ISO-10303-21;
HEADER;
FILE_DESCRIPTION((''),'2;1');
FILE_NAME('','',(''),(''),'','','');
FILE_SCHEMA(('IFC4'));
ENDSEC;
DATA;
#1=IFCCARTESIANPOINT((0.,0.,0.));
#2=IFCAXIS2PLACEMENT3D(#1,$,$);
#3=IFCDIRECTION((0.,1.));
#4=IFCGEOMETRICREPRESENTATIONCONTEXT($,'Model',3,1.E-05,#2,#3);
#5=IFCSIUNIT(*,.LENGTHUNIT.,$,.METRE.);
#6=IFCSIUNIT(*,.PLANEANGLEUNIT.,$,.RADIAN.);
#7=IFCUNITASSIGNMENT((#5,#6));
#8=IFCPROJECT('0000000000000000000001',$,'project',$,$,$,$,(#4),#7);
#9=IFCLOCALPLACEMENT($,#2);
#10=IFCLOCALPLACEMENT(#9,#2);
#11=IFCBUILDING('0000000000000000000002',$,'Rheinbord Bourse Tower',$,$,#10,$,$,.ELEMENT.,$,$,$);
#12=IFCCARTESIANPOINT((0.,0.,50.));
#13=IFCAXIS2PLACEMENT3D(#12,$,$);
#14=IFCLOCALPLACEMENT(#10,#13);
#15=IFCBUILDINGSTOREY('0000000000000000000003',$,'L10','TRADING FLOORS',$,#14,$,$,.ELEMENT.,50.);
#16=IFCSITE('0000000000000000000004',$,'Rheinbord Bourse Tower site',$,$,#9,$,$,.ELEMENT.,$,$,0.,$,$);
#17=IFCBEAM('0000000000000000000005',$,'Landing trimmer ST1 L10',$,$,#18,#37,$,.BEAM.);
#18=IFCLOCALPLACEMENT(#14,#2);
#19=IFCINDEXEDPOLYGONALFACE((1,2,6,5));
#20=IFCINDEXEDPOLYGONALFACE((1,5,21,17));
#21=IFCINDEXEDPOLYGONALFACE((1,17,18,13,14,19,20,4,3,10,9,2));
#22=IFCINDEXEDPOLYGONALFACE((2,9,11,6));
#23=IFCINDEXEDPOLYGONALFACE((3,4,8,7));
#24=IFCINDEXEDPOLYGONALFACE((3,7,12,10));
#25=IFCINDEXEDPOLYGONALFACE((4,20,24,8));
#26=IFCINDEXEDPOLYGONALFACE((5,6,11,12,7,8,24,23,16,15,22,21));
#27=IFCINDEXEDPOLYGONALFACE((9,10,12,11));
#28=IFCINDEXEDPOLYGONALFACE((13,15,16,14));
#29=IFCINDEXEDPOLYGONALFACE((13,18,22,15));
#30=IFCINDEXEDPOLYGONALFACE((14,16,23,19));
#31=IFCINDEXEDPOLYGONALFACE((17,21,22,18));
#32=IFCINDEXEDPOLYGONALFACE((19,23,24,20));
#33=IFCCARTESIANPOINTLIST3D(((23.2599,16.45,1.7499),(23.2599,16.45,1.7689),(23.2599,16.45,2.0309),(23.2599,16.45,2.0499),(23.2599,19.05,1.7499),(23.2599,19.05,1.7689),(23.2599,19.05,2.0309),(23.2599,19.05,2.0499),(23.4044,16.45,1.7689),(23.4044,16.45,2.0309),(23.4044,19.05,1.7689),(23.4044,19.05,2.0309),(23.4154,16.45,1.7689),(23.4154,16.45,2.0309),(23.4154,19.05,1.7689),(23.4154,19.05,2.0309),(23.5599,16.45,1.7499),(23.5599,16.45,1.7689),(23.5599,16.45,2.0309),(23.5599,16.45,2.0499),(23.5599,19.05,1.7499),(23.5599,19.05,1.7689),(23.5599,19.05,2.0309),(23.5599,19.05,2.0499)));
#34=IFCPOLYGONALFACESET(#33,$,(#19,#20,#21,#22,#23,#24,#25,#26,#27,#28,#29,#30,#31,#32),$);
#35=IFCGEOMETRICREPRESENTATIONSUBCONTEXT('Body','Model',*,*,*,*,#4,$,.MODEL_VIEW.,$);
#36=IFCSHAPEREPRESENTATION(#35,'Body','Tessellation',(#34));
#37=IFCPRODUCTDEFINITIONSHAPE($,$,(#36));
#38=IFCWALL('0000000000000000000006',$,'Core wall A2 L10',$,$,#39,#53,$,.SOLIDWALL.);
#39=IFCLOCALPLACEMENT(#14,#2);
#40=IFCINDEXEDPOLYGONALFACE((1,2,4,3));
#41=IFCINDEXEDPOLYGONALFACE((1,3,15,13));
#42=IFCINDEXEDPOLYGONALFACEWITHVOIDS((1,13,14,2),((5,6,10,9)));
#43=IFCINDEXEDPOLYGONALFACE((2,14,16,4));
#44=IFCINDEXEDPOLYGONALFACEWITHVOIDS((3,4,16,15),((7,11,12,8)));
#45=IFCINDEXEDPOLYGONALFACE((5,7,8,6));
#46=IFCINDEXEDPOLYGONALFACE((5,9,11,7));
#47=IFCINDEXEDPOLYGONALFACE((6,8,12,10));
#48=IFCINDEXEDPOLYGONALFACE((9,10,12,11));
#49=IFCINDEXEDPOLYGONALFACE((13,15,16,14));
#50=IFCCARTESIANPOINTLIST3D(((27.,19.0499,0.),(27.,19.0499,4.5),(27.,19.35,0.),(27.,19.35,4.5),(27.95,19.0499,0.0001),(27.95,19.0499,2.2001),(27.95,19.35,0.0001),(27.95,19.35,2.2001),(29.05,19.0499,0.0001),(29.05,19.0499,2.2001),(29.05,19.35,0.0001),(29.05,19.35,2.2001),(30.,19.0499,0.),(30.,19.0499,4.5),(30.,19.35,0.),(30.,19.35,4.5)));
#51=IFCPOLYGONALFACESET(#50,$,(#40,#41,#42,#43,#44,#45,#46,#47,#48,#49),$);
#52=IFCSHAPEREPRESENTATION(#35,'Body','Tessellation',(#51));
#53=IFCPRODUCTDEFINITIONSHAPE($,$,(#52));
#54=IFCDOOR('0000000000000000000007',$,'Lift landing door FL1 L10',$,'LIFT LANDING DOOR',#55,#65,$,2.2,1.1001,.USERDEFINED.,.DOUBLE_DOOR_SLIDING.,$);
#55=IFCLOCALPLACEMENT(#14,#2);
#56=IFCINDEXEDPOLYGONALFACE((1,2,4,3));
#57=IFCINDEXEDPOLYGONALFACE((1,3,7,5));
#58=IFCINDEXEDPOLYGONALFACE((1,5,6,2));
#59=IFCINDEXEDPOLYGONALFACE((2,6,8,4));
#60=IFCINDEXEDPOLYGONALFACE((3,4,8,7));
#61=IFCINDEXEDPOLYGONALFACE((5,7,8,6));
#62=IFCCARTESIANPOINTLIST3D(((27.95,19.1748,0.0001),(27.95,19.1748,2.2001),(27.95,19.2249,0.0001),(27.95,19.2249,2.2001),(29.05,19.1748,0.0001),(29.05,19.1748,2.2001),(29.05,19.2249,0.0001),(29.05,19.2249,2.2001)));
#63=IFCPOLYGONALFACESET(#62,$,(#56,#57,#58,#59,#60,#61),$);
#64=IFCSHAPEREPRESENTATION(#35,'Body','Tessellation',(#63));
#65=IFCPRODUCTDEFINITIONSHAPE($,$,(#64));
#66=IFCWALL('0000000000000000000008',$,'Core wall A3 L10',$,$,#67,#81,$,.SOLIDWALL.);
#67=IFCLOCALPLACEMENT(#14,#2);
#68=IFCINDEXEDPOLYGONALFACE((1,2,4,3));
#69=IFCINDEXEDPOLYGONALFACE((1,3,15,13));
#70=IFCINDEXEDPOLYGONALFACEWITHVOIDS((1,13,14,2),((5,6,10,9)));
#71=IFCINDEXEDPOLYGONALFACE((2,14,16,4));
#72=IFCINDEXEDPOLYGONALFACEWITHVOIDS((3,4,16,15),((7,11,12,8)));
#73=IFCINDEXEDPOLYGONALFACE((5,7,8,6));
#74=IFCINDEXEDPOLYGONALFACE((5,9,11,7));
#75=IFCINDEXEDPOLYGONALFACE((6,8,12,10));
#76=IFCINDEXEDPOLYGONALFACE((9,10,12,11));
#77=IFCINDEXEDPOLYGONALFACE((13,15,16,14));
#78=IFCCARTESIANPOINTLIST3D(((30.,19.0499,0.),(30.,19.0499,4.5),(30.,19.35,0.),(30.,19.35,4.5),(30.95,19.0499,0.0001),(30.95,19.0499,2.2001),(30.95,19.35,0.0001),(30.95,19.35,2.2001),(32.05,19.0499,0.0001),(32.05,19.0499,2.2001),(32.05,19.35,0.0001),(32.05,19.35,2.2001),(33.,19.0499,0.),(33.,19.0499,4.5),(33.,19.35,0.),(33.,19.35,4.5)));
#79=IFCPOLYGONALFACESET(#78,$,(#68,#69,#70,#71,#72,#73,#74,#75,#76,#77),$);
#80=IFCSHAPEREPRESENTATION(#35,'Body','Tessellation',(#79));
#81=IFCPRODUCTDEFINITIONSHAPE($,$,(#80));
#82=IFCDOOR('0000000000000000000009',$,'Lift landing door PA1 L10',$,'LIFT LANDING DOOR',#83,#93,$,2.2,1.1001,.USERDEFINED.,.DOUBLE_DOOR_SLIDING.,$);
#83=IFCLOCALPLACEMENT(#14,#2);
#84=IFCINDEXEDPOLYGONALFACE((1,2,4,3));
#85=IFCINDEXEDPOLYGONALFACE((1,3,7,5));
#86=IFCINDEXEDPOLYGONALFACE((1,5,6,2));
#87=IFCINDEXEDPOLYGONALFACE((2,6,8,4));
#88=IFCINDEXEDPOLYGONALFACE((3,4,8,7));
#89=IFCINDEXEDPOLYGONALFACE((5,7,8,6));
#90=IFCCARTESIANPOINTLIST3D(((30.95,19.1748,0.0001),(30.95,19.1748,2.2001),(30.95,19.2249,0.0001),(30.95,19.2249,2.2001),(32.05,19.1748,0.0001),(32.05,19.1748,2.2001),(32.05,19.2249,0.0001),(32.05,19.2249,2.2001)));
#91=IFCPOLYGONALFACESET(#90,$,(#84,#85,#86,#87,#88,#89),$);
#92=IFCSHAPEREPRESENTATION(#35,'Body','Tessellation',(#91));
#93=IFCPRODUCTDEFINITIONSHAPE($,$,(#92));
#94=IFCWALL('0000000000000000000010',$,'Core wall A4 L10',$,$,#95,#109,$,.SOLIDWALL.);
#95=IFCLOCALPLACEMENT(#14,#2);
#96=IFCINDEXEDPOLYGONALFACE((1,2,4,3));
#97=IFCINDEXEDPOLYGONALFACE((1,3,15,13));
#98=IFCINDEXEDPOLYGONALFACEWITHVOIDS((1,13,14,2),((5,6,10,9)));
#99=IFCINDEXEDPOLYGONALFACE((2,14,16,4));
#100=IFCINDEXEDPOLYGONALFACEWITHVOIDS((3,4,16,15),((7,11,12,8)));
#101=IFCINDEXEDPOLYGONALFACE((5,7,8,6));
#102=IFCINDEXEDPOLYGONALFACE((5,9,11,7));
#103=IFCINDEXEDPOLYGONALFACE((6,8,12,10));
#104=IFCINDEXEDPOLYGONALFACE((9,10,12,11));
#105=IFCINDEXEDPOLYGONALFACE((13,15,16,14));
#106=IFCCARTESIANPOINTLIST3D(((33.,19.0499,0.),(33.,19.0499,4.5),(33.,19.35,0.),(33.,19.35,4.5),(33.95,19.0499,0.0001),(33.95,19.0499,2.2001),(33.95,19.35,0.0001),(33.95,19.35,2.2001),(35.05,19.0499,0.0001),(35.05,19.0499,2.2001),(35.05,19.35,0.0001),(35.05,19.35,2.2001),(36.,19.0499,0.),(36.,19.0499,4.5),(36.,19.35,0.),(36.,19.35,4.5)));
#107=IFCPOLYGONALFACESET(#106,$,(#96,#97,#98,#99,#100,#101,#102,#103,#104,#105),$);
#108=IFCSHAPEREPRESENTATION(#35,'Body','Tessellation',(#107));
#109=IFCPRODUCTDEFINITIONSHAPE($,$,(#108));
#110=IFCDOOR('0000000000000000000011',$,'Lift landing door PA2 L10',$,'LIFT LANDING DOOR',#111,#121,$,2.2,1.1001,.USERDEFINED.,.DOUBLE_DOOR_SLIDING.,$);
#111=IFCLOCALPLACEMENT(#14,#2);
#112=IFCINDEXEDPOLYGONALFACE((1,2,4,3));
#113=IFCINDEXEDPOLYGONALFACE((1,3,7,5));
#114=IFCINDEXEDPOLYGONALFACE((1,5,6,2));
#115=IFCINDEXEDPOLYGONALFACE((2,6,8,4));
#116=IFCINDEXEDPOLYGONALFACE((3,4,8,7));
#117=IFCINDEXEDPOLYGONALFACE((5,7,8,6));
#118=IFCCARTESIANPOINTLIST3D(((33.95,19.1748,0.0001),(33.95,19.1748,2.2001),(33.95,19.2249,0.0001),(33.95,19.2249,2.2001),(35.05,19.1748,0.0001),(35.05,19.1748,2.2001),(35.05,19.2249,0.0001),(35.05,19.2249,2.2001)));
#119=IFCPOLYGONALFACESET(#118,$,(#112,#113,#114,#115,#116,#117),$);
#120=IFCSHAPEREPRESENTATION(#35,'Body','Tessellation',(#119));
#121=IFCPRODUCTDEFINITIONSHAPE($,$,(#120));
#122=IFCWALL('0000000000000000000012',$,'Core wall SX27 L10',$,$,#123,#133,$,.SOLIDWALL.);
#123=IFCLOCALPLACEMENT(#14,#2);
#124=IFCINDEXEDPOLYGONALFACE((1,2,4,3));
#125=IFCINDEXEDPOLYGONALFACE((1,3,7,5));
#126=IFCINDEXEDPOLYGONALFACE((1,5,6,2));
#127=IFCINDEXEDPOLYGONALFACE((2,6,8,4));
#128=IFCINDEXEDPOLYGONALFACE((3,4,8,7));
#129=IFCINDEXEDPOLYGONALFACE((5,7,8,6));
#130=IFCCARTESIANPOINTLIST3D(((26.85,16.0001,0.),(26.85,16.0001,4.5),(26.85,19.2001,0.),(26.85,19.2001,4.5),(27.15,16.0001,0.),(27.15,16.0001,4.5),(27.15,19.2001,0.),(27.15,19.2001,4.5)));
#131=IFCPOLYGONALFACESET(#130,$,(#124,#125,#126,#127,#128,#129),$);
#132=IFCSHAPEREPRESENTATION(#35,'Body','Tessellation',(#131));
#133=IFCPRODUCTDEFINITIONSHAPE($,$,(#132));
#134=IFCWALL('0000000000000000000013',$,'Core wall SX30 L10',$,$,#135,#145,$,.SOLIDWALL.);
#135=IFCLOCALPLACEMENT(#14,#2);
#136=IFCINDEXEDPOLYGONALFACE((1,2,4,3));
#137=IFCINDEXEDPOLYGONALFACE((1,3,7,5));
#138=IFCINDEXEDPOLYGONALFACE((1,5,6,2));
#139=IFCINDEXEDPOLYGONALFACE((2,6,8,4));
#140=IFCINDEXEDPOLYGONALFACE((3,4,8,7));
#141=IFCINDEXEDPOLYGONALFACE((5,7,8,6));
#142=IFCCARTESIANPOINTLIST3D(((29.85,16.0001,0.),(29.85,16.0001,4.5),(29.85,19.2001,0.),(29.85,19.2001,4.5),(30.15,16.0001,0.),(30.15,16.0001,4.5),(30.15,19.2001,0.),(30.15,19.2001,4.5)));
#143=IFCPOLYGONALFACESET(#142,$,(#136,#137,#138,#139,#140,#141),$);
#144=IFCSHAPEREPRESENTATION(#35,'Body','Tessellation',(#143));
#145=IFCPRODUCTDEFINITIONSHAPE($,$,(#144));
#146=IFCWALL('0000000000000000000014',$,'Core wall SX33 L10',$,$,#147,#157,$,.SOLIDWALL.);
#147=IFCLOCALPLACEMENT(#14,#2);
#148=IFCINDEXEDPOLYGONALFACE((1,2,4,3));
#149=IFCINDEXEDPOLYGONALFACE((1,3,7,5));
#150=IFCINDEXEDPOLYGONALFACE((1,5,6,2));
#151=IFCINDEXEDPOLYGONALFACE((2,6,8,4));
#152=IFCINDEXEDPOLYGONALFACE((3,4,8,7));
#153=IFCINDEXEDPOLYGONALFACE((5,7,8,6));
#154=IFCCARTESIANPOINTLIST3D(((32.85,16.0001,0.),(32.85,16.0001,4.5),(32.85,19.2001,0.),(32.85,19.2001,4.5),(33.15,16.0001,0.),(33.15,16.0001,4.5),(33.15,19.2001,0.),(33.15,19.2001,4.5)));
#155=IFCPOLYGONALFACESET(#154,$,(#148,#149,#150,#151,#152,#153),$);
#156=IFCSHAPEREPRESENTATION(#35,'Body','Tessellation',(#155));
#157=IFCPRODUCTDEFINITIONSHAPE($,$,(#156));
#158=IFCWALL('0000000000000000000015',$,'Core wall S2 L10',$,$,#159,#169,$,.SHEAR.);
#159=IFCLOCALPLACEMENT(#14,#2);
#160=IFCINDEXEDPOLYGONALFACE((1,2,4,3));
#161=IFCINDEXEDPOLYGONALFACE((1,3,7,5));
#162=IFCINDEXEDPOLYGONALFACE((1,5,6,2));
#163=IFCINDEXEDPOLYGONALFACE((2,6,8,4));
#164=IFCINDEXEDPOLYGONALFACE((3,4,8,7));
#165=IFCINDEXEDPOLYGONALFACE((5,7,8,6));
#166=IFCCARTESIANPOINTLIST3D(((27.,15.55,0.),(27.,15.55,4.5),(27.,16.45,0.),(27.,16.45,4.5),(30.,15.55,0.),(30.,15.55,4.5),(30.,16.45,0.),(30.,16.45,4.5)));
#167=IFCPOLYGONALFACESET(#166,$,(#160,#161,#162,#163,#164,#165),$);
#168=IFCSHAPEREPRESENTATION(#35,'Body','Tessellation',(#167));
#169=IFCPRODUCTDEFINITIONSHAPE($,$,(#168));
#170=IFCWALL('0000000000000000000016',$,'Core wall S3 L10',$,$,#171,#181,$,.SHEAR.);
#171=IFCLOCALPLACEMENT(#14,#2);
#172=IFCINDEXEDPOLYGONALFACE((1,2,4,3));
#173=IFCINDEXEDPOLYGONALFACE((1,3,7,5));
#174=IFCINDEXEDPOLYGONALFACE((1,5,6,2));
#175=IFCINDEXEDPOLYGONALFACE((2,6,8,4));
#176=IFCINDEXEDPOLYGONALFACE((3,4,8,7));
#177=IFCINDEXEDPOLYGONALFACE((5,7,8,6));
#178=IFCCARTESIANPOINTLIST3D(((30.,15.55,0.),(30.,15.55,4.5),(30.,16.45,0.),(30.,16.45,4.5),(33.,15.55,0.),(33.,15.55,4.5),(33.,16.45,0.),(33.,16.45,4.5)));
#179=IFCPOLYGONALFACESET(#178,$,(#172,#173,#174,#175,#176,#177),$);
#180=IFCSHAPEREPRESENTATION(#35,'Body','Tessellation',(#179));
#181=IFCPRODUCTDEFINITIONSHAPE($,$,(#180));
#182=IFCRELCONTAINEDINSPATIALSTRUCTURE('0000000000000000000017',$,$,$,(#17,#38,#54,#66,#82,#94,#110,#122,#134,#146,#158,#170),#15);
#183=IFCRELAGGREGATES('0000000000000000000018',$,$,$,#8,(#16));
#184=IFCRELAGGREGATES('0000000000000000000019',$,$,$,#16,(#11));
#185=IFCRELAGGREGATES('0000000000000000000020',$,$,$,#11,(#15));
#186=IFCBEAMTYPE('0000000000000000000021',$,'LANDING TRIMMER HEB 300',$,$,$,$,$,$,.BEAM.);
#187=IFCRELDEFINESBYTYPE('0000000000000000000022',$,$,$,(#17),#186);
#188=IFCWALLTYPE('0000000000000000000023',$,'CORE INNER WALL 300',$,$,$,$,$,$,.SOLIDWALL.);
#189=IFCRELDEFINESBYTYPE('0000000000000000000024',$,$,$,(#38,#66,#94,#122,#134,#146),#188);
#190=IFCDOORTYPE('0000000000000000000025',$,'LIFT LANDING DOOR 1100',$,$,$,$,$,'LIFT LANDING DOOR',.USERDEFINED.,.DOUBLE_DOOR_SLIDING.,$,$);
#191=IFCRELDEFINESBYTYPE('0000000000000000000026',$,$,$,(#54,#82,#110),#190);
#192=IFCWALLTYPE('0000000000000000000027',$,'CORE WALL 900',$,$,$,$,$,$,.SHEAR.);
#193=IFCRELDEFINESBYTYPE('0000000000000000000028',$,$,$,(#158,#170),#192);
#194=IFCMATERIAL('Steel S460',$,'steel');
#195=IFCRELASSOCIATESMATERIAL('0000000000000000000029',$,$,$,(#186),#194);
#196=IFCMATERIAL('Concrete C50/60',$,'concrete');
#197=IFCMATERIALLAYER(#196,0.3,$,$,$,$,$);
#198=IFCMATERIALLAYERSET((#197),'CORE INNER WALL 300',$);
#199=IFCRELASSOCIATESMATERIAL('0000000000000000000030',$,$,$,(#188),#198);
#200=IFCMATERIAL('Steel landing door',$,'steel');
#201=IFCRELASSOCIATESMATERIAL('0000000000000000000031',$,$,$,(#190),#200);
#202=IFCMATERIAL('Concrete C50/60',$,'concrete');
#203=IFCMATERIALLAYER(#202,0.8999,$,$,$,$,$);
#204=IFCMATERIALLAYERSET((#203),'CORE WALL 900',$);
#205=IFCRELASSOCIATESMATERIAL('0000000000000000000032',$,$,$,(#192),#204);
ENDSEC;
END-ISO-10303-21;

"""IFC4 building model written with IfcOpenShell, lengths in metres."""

from ifc_helpers import new_model, si_unit, direction, frame, frame_2d, origin, origin_2d, place, context, subcontext, project, spatial, rectangle, i_section, extrude, material, layer, layer_set, material_profile, profile_set, type_object, element, fill, save


model = new_model("IFC4")

# Units and contexts
model_context = context("Model", 3, precision=1e-05, world=origin(), true_north=direction((0.0, 1.0)))
body_context = subcontext(model_context, "Body", "Model", "MODEL_VIEW")
ifc_project = project(units=[si_unit("LENGTHUNIT", "METRE"), si_unit("PLANEANGLEUNIT", "RADIAN")], contexts=[model_context])

# Site, building, storey
site_placement = place(None, origin())
site = spatial("IfcSite", under=ifc_project, at=site_placement, Name="Rheinbord Bourse Tower site", CompositionType="ELEMENT", RefElevation=0.0)
building_placement = place(site_placement, origin())
building = spatial("IfcBuilding", under=site, at=building_placement, Name="Rheinbord Bourse Tower", CompositionType="ELEMENT")
storey_placement = place(building_placement, frame((0.0, 0.0, 50.0)))
storey = spatial("IfcBuildingStorey", under=building, at=storey_placement, Name="L10", Description="TRADING FLOORS", CompositionType="ELEMENT", Elevation=50.0)

# Beam
ifc_material_1 = material(Name="Steel S460", Category="steel")
ifc_material_profile = material_profile(ifc_material_1, i_section(OverallWidth=0.3, OverallDepth=0.3, WebThickness=0.011, FlangeThickness=0.019, at=origin_2d()), Name="HEB 300")
ifc_profile_set = profile_set([ifc_material_profile], Name="Steel S460")
beam_type = type_object("IfcBeamType", Name="LANDING TRIMMER HEB 300", PredefinedType="BEAM", material=ifc_profile_set)
beam_placement = place(storey_placement, frame((23.4099, 16.45, 1.8999), z_axis=(0.0, 1.0, 0.0), x_axis=(-1.0, 0.0, 0.0)))
element("IfcBeam", 1, at=beam_placement, inside=storey, type_object=beam_type, Name="Landing trimmer ST1 L10", PredefinedType="BEAM", context=body_context, shape_type="SweptSolid", body=[
    extrude(i_section(OverallWidth=0.3, OverallDepth=0.3, WebThickness=0.011, FlangeThickness=0.019, at=origin_2d()), origin(), (0.0, 0.0, 1.0), 2.6001),
])

# Walls, openings, doors
ifc_material_2 = material(Name="Concrete C50/60", Category="concrete")
ifc_layer_1 = layer(ifc_material_2, 0.3)
ifc_layer_set_1 = layer_set([ifc_layer_1], Name="CORE INNER WALL 300")
wall_type_1 = type_object("IfcWallType", Name="CORE INNER WALL 300", PredefinedType="SOLIDWALL", material=ifc_layer_set_1)
wall_1_placement = place(storey_placement, frame((27.0, 19.2, 0.0), z_axis=(0.0, 0.0, 1.0), x_axis=(1.0, 0.0, 0.0)))
wall_1 = element("IfcWall", 2, at=wall_1_placement, inside=storey, type_object=wall_type_1, Name="Core wall A2 L10", PredefinedType="SOLIDWALL", context=body_context, shape_type="SweptSolid", body=[
    extrude(rectangle(XDim=3.0, YDim=0.3, at=frame_2d((1.5, 0.0))), origin(), (0.0, 0.0, 1.0), 4.5),
])
opening_1_placement = place(wall_1_placement, frame((0.95, 0.0, 0.0)))
opening_1 = element("IfcOpeningElement", 3, at=opening_1_placement, cuts=wall_1, PredefinedType="OPENING", context=body_context, shape_type="SweptSolid", body=[
    extrude(rectangle(XDim=1.1001, YDim=2.2, at=frame_2d((0.55, 1.1001))), frame((0.0, 0.1599, 0.0), z_axis=(0.0, -1.0, 0.0), x_axis=(1.0, 0.0, 0.0)), (0.0, 0.0, 1.0), 0.3201),
])
ifc_material_3 = material(Name="Steel landing door", Category="steel")
door_type_1 = type_object("IfcDoorType", Name="LIFT LANDING DOOR 1100", ElementType="LIFT LANDING DOOR", OperationType="DOUBLE_DOOR_SLIDING", PredefinedType="USERDEFINED", material=ifc_material_3)
door_1_placement = place(opening_1_placement, origin())
door_1 = element("IfcDoor", 4, at=door_1_placement, inside=storey, type_object=door_type_1, Name="Lift landing door FL1 L10", ObjectType="LIFT LANDING DOOR", OperationType="DOUBLE_DOOR_SLIDING", OverallHeight=2.2, OverallWidth=1.1001, PredefinedType="USERDEFINED", context=body_context, shape_type="SweptSolid", body=[
    extrude(rectangle(XDim=1.1001, YDim=2.2, at=frame_2d((0.55, 1.1001))), frame((0.0, 0.0249, 0.0), z_axis=(0.0, -1.0, 0.0), x_axis=(1.0, 0.0, 0.0)), (0.0, 0.0, 1.0), 0.05),
])
fill(opening_1, door_1)
wall_2_placement = place(storey_placement, frame((30.0, 19.2, 0.0), z_axis=(0.0, 0.0, 1.0), x_axis=(1.0, 0.0, 0.0)))
wall_2 = element("IfcWall", 5, at=wall_2_placement, inside=storey, type_object=wall_type_1, Name="Core wall A3 L10", PredefinedType="SOLIDWALL", context=body_context, shape_type="SweptSolid", body=[
    extrude(rectangle(XDim=3.0, YDim=0.3, at=frame_2d((1.5, 0.0))), origin(), (0.0, 0.0, 1.0), 4.5),
])
opening_2_placement = place(wall_2_placement, frame((0.95, 0.0, 0.0)))
opening_2 = element("IfcOpeningElement", 6, at=opening_2_placement, cuts=wall_2, PredefinedType="OPENING", context=body_context, shape_type="SweptSolid", body=[
    extrude(rectangle(XDim=1.1001, YDim=2.2, at=frame_2d((0.55, 1.1001))), frame((0.0, 0.1599, 0.0), z_axis=(0.0, -1.0, 0.0), x_axis=(1.0, 0.0, 0.0)), (0.0, 0.0, 1.0), 0.3201),
])
door_2_placement = place(opening_2_placement, origin())
door_2 = element("IfcDoor", 7, at=door_2_placement, inside=storey, type_object=door_type_1, Name="Lift landing door PA1 L10", ObjectType="LIFT LANDING DOOR", OperationType="DOUBLE_DOOR_SLIDING", OverallHeight=2.2, OverallWidth=1.1001, PredefinedType="USERDEFINED", context=body_context, shape_type="SweptSolid", body=[
    extrude(rectangle(XDim=1.1001, YDim=2.2, at=frame_2d((0.55, 1.1001))), frame((0.0, 0.0249, 0.0), z_axis=(0.0, -1.0, 0.0), x_axis=(1.0, 0.0, 0.0)), (0.0, 0.0, 1.0), 0.05),
])
fill(opening_2, door_2)
wall_3_placement = place(storey_placement, frame((33.0, 19.2, 0.0), z_axis=(0.0, 0.0, 1.0), x_axis=(1.0, 0.0, 0.0)))
wall_3 = element("IfcWall", 8, at=wall_3_placement, inside=storey, type_object=wall_type_1, Name="Core wall A4 L10", PredefinedType="SOLIDWALL", context=body_context, shape_type="SweptSolid", body=[
    extrude(rectangle(XDim=3.0, YDim=0.3, at=frame_2d((1.5, 0.0))), origin(), (0.0, 0.0, 1.0), 4.5),
])
opening_3_placement = place(wall_3_placement, frame((0.95, 0.0, 0.0)))
opening_3 = element("IfcOpeningElement", 9, at=opening_3_placement, cuts=wall_3, PredefinedType="OPENING", context=body_context, shape_type="SweptSolid", body=[
    extrude(rectangle(XDim=1.1001, YDim=2.2, at=frame_2d((0.55, 1.1001))), frame((0.0, 0.1599, 0.0), z_axis=(0.0, -1.0, 0.0), x_axis=(1.0, 0.0, 0.0)), (0.0, 0.0, 1.0), 0.3201),
])
door_3_placement = place(opening_3_placement, origin())
door_3 = element("IfcDoor", 10, at=door_3_placement, inside=storey, type_object=door_type_1, Name="Lift landing door PA2 L10", ObjectType="LIFT LANDING DOOR", OperationType="DOUBLE_DOOR_SLIDING", OverallHeight=2.2, OverallWidth=1.1001, PredefinedType="USERDEFINED", context=body_context, shape_type="SweptSolid", body=[
    extrude(rectangle(XDim=1.1001, YDim=2.2, at=frame_2d((0.55, 1.1001))), frame((0.0, 0.0249, 0.0), z_axis=(0.0, -1.0, 0.0), x_axis=(1.0, 0.0, 0.0)), (0.0, 0.0, 1.0), 0.05),
])
fill(opening_3, door_3)

# Walls
for number, where, z_axis, x_axis, name in (
    (11, (27.0, 16.0, 0.0), (0.0, 0.0, 1.0), (0.0, 1.0, 0.0), "Core wall SX27 L10"),
    (12, (30.0, 16.0, 0.0), (0.0, 0.0, 1.0), (0.0, 1.0, 0.0), "Core wall SX30 L10"),
    (13, (33.0, 16.0, 0.0), (0.0, 0.0, 1.0), (0.0, 1.0, 0.0), "Core wall SX33 L10"),
):
    element("IfcWall", number, at=place(storey_placement, frame(where, z_axis=z_axis, x_axis=x_axis)), inside=storey, type_object=wall_type_1, Name=name, PredefinedType="SOLIDWALL", context=body_context, shape_type="SweptSolid", body=[
        extrude(rectangle(XDim=3.2, YDim=0.3, at=frame_2d((1.6001, 0.0))), origin(), (0.0, 0.0, 1.0), 4.5),
    ])
ifc_material_4 = material(Name="Concrete C50/60", Category="concrete")
ifc_layer_2 = layer(ifc_material_4, 0.8999)
ifc_layer_set_2 = layer_set([ifc_layer_2], Name="CORE WALL 900")
wall_type_2 = type_object("IfcWallType", Name="CORE WALL 900", PredefinedType="SHEAR", material=ifc_layer_set_2)
for number, where, z_axis, x_axis, name in (
    (14, (27.0, 16.0, 0.0), (0.0, 0.0, 1.0), (1.0, 0.0, 0.0), "Core wall S2 L10"),
    (15, (30.0, 16.0, 0.0), (0.0, 0.0, 1.0), (1.0, 0.0, 0.0), "Core wall S3 L10"),
):
    element("IfcWall", number, at=place(storey_placement, frame(where, z_axis=z_axis, x_axis=x_axis)), inside=storey, type_object=wall_type_2, Name=name, PredefinedType="SHEAR", context=body_context, shape_type="SweptSolid", body=[
        extrude(rectangle(XDim=3.0, YDim=0.8999, at=frame_2d((1.5, 0.0))), origin(), (0.0, 0.0, 1.0), 4.5),
    ])

save(model, "model.ifc")
